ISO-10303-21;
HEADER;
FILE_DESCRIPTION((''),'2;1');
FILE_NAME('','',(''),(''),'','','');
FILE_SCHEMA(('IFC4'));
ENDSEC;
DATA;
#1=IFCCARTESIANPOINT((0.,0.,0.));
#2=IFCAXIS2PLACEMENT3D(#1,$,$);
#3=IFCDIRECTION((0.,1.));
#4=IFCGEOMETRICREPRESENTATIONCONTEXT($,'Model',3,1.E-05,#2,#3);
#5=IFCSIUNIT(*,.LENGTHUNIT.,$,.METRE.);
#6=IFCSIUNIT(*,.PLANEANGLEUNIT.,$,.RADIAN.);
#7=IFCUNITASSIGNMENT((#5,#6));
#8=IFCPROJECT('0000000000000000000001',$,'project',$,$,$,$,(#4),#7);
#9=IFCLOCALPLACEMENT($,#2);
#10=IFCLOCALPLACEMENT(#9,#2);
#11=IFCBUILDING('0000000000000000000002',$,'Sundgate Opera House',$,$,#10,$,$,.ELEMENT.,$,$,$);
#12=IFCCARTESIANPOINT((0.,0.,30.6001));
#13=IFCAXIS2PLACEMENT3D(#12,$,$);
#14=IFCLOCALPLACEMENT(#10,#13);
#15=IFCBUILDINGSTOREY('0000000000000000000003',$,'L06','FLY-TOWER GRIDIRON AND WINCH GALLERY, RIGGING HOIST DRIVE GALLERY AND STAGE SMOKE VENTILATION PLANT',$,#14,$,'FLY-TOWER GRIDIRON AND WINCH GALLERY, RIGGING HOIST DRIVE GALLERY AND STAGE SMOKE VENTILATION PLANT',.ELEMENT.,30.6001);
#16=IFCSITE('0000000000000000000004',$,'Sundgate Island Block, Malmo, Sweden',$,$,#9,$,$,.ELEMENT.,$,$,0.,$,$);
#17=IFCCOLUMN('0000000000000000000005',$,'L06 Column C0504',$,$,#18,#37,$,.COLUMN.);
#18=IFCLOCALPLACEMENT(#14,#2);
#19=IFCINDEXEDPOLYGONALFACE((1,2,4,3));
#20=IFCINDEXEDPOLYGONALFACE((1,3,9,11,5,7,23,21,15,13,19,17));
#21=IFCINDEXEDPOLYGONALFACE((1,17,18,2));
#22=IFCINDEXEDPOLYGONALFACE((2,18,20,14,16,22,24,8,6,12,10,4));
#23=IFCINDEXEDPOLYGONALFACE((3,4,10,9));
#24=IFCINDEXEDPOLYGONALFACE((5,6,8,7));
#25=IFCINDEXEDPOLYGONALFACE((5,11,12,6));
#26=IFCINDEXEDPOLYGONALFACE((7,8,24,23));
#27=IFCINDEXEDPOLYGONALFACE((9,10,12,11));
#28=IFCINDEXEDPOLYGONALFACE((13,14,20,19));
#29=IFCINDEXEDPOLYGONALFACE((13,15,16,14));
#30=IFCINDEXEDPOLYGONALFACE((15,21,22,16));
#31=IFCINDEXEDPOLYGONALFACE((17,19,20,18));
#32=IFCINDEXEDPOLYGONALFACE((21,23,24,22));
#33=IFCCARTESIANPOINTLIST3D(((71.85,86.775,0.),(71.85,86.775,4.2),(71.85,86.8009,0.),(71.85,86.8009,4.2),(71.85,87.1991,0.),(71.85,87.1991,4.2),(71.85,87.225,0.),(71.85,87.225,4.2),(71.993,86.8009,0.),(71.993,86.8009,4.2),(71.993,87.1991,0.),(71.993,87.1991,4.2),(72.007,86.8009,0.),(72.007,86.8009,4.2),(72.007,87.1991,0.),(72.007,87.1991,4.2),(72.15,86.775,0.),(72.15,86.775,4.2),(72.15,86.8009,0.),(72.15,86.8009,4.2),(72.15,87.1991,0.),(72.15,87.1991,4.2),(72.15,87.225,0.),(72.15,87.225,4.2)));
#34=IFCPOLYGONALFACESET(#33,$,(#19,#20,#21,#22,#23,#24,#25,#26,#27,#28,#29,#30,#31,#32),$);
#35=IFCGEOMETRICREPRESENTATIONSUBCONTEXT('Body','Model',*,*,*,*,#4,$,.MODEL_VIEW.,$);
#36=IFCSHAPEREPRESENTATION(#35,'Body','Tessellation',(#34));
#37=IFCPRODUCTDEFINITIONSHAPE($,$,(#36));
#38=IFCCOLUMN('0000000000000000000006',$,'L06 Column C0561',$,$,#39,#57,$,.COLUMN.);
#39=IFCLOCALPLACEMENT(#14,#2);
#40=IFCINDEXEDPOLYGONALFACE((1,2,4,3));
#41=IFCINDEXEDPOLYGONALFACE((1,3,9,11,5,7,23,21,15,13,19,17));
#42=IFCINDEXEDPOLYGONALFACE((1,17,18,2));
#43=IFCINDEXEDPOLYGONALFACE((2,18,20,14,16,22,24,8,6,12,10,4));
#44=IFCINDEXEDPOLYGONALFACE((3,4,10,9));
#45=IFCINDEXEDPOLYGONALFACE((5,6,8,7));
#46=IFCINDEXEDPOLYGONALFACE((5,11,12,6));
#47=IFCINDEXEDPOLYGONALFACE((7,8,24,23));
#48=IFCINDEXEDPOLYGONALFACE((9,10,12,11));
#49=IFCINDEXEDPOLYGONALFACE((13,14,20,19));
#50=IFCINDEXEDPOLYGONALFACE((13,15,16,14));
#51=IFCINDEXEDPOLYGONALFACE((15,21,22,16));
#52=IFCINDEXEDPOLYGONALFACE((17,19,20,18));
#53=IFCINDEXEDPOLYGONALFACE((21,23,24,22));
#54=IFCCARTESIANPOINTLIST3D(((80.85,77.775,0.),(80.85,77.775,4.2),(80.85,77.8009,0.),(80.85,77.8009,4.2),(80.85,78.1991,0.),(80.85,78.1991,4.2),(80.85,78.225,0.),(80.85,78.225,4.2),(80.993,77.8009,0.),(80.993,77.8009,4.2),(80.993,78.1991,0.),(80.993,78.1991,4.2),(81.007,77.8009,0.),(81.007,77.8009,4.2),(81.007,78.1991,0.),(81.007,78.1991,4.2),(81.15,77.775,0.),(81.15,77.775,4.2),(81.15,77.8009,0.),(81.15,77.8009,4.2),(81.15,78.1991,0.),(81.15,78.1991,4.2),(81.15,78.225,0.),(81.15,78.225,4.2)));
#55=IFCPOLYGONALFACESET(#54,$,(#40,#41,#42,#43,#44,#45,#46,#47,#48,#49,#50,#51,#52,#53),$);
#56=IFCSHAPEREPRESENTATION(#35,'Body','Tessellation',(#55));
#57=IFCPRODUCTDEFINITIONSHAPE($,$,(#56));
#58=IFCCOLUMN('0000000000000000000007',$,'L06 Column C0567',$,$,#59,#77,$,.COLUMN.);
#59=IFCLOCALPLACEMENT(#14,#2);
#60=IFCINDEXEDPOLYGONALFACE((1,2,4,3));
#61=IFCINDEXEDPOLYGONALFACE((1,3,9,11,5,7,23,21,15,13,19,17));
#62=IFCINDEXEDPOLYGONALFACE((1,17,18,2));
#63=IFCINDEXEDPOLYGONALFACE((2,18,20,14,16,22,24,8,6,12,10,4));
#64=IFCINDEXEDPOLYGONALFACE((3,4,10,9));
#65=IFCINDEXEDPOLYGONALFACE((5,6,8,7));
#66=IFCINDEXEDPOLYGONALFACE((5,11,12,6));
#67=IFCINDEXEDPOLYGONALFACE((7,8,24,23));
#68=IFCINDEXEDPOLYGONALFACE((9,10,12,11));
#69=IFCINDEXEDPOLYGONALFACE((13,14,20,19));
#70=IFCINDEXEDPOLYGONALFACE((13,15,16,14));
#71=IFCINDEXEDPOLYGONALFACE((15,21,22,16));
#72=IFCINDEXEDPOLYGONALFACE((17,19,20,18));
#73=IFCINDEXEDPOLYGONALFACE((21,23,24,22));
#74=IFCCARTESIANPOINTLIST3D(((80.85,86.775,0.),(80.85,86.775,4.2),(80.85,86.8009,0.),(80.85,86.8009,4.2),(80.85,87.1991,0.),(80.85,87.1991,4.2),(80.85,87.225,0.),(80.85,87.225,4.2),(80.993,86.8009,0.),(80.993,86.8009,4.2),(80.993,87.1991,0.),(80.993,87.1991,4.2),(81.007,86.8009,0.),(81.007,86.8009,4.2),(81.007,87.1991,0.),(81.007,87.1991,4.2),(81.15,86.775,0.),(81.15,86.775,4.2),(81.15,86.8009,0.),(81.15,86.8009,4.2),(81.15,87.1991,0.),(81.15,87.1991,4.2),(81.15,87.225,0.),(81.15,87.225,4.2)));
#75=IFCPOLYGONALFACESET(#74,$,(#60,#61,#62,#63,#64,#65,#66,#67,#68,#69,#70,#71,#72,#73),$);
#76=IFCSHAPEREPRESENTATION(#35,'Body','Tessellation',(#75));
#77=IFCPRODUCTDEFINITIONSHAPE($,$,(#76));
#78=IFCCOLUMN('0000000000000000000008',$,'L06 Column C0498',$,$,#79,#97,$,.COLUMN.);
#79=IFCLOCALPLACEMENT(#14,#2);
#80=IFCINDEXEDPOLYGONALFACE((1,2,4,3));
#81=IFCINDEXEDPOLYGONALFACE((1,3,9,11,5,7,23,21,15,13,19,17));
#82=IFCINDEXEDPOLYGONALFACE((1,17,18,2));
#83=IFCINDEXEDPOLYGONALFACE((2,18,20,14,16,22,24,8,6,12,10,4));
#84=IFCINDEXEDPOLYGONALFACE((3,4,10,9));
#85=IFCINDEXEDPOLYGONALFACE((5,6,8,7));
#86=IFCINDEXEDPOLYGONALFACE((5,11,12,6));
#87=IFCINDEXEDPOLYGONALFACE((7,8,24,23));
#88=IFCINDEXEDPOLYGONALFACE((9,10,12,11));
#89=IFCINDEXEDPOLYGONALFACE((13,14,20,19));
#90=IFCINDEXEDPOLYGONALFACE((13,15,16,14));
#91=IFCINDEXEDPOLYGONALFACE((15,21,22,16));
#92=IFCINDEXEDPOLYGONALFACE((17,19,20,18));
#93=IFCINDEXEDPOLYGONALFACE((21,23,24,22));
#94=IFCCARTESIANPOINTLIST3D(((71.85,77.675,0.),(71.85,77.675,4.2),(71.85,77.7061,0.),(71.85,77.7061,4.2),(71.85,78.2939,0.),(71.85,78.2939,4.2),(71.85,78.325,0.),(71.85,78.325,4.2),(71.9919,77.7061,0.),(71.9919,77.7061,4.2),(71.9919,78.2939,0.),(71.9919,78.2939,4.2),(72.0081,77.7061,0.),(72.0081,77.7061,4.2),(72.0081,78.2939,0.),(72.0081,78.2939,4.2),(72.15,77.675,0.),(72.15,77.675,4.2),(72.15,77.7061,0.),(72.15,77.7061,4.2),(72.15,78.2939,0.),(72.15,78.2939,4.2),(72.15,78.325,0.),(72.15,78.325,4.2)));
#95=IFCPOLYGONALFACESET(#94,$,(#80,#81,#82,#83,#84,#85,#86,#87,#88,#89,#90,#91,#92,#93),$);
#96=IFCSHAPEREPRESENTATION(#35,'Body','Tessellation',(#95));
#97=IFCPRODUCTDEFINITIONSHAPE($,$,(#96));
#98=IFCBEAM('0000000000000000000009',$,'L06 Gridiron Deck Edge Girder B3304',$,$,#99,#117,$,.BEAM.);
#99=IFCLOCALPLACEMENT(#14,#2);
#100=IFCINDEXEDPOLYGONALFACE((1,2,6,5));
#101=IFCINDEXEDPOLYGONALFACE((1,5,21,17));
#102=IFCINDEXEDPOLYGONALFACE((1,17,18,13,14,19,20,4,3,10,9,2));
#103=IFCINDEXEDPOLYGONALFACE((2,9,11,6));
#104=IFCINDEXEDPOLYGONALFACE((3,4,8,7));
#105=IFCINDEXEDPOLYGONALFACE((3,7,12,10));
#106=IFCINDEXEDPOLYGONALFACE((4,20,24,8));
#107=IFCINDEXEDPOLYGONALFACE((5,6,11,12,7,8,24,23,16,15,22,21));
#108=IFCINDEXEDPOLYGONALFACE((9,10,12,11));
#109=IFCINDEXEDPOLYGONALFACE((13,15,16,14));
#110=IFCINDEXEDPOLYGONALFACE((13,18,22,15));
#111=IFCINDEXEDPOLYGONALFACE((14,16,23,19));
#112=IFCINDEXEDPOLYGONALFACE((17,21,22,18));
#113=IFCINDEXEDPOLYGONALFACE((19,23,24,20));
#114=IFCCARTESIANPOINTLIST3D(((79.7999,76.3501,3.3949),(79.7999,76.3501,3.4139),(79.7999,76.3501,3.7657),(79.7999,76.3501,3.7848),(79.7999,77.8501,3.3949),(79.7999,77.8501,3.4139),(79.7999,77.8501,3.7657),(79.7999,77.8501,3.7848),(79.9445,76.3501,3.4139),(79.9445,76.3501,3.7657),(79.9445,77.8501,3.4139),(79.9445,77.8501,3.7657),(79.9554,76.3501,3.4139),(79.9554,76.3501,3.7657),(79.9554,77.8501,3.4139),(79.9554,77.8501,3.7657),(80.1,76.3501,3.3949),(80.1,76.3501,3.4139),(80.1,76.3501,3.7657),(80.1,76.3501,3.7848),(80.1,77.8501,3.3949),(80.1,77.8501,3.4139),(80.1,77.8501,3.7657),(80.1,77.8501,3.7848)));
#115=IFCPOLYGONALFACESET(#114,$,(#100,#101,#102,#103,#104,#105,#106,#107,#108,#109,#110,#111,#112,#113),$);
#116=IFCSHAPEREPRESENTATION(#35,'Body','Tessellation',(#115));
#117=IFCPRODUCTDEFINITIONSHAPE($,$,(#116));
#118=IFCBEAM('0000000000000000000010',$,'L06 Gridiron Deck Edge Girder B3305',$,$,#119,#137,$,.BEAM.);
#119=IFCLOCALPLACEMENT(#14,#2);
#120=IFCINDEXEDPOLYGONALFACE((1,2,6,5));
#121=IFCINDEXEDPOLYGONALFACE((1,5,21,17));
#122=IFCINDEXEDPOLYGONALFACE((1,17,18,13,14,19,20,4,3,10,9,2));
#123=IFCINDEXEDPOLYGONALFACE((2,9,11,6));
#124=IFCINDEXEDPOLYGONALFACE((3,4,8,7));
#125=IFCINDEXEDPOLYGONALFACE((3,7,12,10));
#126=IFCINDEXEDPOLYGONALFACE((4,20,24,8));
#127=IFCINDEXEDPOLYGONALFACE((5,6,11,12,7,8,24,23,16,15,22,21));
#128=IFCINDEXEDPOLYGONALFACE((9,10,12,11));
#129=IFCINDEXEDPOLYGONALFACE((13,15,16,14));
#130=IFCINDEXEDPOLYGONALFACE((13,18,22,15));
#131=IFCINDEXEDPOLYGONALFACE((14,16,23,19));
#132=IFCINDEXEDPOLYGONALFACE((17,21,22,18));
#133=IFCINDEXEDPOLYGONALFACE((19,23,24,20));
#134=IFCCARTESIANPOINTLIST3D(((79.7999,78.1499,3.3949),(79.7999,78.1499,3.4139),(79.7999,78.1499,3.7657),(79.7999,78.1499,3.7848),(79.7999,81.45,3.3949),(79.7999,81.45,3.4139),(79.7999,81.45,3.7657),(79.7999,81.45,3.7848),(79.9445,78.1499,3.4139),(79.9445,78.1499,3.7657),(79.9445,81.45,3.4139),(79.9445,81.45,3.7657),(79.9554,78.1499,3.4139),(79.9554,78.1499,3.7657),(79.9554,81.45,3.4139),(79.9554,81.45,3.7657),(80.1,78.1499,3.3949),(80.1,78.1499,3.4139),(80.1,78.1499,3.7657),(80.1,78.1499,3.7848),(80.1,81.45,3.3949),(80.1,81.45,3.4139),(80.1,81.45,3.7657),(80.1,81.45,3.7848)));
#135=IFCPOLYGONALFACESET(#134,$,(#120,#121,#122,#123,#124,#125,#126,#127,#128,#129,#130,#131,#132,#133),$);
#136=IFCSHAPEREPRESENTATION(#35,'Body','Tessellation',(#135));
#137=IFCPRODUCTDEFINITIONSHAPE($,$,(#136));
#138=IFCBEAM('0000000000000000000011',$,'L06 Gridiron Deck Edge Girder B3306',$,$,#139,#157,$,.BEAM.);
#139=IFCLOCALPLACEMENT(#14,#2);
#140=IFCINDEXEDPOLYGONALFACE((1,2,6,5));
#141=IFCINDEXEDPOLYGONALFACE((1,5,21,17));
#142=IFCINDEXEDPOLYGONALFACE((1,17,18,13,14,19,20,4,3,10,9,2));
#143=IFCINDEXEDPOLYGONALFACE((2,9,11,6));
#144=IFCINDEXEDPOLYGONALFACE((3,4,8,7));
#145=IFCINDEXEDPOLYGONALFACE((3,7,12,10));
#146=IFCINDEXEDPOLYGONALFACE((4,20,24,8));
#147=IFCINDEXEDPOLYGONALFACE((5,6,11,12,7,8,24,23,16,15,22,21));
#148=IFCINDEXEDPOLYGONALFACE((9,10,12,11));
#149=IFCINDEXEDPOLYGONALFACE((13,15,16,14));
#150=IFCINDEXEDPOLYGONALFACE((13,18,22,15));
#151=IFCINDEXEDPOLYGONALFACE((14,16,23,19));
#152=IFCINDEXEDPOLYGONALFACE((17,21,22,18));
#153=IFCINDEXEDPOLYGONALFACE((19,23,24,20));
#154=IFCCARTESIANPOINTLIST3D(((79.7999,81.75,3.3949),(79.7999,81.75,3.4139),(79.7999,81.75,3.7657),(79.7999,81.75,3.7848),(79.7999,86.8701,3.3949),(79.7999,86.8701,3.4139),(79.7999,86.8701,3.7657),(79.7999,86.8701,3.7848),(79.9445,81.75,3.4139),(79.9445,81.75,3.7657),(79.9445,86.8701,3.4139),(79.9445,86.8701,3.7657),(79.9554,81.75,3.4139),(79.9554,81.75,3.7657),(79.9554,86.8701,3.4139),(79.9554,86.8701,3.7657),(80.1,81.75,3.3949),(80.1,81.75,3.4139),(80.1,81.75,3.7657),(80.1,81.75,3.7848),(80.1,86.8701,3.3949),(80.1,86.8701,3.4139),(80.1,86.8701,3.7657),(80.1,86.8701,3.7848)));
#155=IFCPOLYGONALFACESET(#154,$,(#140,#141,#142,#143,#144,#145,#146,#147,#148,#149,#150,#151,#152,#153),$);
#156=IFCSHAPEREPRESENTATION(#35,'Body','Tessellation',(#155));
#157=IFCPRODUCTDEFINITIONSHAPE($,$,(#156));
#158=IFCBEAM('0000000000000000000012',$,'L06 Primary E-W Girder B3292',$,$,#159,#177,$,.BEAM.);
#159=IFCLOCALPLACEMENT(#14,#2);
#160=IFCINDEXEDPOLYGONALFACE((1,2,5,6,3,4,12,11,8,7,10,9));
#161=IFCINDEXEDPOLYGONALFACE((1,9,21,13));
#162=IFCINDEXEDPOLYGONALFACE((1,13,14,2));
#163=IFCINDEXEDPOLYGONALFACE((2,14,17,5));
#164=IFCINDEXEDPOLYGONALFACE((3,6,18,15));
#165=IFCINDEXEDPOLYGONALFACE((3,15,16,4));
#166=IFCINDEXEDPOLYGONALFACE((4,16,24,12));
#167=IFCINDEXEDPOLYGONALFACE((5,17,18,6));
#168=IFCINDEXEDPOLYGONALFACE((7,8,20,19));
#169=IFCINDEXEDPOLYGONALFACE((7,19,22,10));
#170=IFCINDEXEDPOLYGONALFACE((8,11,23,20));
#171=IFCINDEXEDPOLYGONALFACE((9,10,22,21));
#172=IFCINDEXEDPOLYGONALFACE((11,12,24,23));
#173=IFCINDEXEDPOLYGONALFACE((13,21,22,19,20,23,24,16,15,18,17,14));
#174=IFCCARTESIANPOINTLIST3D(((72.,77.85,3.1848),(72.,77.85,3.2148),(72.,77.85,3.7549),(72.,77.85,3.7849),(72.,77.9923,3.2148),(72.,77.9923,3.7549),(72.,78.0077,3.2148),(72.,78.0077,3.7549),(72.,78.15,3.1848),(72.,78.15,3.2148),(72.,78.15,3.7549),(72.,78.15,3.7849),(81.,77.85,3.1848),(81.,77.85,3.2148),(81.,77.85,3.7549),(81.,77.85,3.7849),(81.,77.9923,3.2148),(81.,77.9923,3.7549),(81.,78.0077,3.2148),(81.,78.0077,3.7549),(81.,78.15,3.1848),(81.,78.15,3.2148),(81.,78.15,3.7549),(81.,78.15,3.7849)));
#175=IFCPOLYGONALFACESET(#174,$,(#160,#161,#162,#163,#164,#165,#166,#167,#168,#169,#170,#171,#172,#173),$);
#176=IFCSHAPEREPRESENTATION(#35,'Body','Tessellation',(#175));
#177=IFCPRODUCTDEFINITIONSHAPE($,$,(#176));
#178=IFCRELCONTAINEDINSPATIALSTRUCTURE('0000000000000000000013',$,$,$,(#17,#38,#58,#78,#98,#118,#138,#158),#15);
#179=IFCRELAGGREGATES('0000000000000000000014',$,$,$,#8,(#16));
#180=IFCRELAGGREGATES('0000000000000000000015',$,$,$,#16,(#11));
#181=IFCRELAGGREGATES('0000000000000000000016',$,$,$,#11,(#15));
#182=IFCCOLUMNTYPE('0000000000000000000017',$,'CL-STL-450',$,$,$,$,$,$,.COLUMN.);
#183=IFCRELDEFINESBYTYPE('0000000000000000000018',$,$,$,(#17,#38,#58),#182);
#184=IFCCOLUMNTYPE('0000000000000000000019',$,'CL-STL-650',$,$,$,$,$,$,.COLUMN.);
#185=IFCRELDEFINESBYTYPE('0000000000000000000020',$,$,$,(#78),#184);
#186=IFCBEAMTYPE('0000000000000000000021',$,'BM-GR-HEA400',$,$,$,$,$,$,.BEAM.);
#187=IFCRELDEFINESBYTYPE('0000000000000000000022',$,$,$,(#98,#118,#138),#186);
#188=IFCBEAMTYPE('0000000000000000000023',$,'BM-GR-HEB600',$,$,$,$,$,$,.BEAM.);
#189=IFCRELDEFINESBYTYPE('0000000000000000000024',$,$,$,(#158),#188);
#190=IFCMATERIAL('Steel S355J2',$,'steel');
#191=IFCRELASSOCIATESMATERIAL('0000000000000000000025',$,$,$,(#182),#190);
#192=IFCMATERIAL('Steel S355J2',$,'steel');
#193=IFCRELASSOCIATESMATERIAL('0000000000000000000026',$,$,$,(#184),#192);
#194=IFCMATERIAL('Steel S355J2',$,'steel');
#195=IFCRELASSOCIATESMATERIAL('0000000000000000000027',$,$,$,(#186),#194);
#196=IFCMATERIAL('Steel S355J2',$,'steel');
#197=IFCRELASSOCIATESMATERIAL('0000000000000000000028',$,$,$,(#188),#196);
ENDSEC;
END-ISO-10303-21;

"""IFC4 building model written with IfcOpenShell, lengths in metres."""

from ifc_helpers import new_model, si_unit, direction, frame, origin, origin_2d, place, context, subcontext, project, spatial, i_section, extrude, material, material_profile, profile_set, type_object, element, save


model = new_model("IFC4")

# Units and contexts
model_context = context("Model", 3, precision=1e-05, world=origin(), true_north=direction((0.0, 1.0)))
body_context = subcontext(model_context, "Body", "Model", "MODEL_VIEW")
ifc_project = project(units=[si_unit("LENGTHUNIT", "METRE"), si_unit("PLANEANGLEUNIT", "RADIAN")], contexts=[model_context])

# Site, building, storey
site_placement = place(None, origin())
site = spatial("IfcSite", under=ifc_project, at=site_placement, Name="Sundgate Island Block, Malmo, Sweden", CompositionType="ELEMENT", RefElevation=0.0)
building_placement = place(site_placement, origin())
building = spatial("IfcBuilding", under=site, at=building_placement, Name="Sundgate Opera House", CompositionType="ELEMENT")
storey_placement = place(building_placement, frame((0.0, 0.0, 30.6001)))
storey = spatial("IfcBuildingStorey", under=building, at=storey_placement, Name="L06", Description="FLY-TOWER GRIDIRON AND WINCH GALLERY, RIGGING HOIST DRIVE GALLERY AND STAGE SMOKE VENTILATION PLANT", LongName="FLY-TOWER GRIDIRON AND WINCH GALLERY, RIGGING HOIST DRIVE GALLERY AND STAGE SMOKE VENTILATION PLANT", CompositionType="ELEMENT", Elevation=30.6001)

# Columns
ifc_material_1 = material(Name="Steel S355J2", Category="steel")
ifc_material_profile_1 = material_profile(ifc_material_1, i_section(OverallWidth=0.3, OverallDepth=0.45, WebThickness=0.0139, FlangeThickness=0.0259, at=origin_2d()), Name="HEB 450")
ifc_profile_set_1 = profile_set([ifc_material_profile_1], Name="Steel S355J2")
column_type_1 = type_object("IfcColumnType", Name="CL-STL-450", PredefinedType="COLUMN", material=ifc_profile_set_1)
for number, where, z_axis, x_axis, name in (
    (1, (72.0, 87.0, 0.0), (0.0, 0.0, 1.0), (1.0, 0.0, 0.0), "L06 Column C0504"),
    (2, (81.0, 78.0, 0.0), (0.0, 0.0, 1.0), (1.0, 0.0, 0.0), "L06 Column C0561"),
    (3, (81.0, 87.0, 0.0), (0.0, 0.0, 1.0), (1.0, 0.0, 0.0), "L06 Column C0567"),
):
    element("IfcColumn", number, at=place(storey_placement, frame(where, z_axis=z_axis, x_axis=x_axis)), inside=storey, type_object=column_type_1, Name=name, PredefinedType="COLUMN", context=body_context, shape_type="SweptSolid", body=[
        extrude(i_section(OverallWidth=0.3, OverallDepth=0.45, WebThickness=0.0139, FlangeThickness=0.0259, at=origin_2d()), origin(), (0.0, 0.0, 1.0), 4.2),
    ])
ifc_material_2 = material(Name="Steel S355J2", Category="steel")
ifc_material_profile_2 = material_profile(ifc_material_2, i_section(OverallWidth=0.3, OverallDepth=0.6499, WebThickness=0.0161, FlangeThickness=0.031, at=origin_2d()), Name="HEB 650")
ifc_profile_set_2 = profile_set([ifc_material_profile_2], Name="Steel S355J2")
column_type_2 = type_object("IfcColumnType", Name="CL-STL-650", PredefinedType="COLUMN", material=ifc_profile_set_2)
column_placement = place(storey_placement, frame((72.0, 78.0, 0.0), z_axis=(0.0, 0.0, 1.0), x_axis=(1.0, 0.0, 0.0)))
element("IfcColumn", 4, at=column_placement, inside=storey, type_object=column_type_2, Name="L06 Column C0498", PredefinedType="COLUMN", context=body_context, shape_type="SweptSolid", body=[
    extrude(i_section(OverallWidth=0.3, OverallDepth=0.6499, WebThickness=0.0161, FlangeThickness=0.031, at=origin_2d()), origin(), (0.0, 0.0, 1.0), 4.2),
])

# Beams
ifc_material_3 = material(Name="Steel S355J2", Category="steel")
ifc_material_profile_3 = material_profile(ifc_material_3, i_section(OverallWidth=0.3, OverallDepth=0.3899, WebThickness=0.011, FlangeThickness=0.019, at=origin_2d()), Name="HEA 400")
ifc_profile_set_3 = profile_set([ifc_material_profile_3], Name="Steel S355J2")
beam_type_1 = type_object("IfcBeamType", Name="BM-GR-HEA400", PredefinedType="BEAM", material=ifc_profile_set_3)
beam_1_placement = place(storey_placement, frame((79.95, 76.3501, 3.5898), z_axis=(0.0, 1.0, 0.0), x_axis=(-1.0, 0.0, 0.0)))
element("IfcBeam", 5, at=beam_1_placement, inside=storey, type_object=beam_type_1, Name="L06 Gridiron Deck Edge Girder B3304", PredefinedType="BEAM", context=body_context, shape_type="SweptSolid", body=[
    extrude(i_section(OverallWidth=0.3, OverallDepth=0.3899, WebThickness=0.011, FlangeThickness=0.019, at=origin_2d()), origin(), (0.0, 0.0, 1.0), 1.5),
])
beam_2_placement = place(storey_placement, frame((79.95, 78.1499, 3.5898), z_axis=(0.0, 1.0, 0.0), x_axis=(-1.0, 0.0, 0.0)))
element("IfcBeam", 6, at=beam_2_placement, inside=storey, type_object=beam_type_1, Name="L06 Gridiron Deck Edge Girder B3305", PredefinedType="BEAM", context=body_context, shape_type="SweptSolid", body=[
    extrude(i_section(OverallWidth=0.3, OverallDepth=0.3899, WebThickness=0.011, FlangeThickness=0.019, at=origin_2d()), origin(), (0.0, 0.0, 1.0), 3.3),
])
beam_3_placement = place(storey_placement, frame((79.95, 81.75, 3.5898), z_axis=(0.0, 1.0, 0.0), x_axis=(-1.0, 0.0, 0.0)))
element("IfcBeam", 7, at=beam_3_placement, inside=storey, type_object=beam_type_1, Name="L06 Gridiron Deck Edge Girder B3306", PredefinedType="BEAM", context=body_context, shape_type="SweptSolid", body=[
    extrude(i_section(OverallWidth=0.3, OverallDepth=0.3899, WebThickness=0.011, FlangeThickness=0.019, at=origin_2d()), origin(), (0.0, 0.0, 1.0), 5.1201),
])
ifc_material_4 = material(Name="Steel S355J2", Category="steel")
ifc_material_profile_4 = material_profile(ifc_material_4, i_section(OverallWidth=0.3, OverallDepth=0.6001, WebThickness=0.0154, FlangeThickness=0.03, at=origin_2d()), Name="HEB 600")
ifc_profile_set_4 = profile_set([ifc_material_profile_4], Name="Steel S355J2")
beam_type_2 = type_object("IfcBeamType", Name="BM-GR-HEB600", PredefinedType="BEAM", material=ifc_profile_set_4)
beam_4_placement = place(storey_placement, frame((72.0, 78.0, 3.4849), z_axis=(1.0, 0.0, 0.0), x_axis=(0.0, 1.0, 0.0)))
element("IfcBeam", 8, at=beam_4_placement, inside=storey, type_object=beam_type_2, Name="L06 Primary E-W Girder B3292", PredefinedType="BEAM", context=body_context, shape_type="SweptSolid", body=[
    extrude(i_section(OverallWidth=0.3, OverallDepth=0.6001, WebThickness=0.0154, FlangeThickness=0.03, at=origin_2d()), origin(), (0.0, 0.0, 1.0), 9.0),
])

save(model, "model.ifc")
